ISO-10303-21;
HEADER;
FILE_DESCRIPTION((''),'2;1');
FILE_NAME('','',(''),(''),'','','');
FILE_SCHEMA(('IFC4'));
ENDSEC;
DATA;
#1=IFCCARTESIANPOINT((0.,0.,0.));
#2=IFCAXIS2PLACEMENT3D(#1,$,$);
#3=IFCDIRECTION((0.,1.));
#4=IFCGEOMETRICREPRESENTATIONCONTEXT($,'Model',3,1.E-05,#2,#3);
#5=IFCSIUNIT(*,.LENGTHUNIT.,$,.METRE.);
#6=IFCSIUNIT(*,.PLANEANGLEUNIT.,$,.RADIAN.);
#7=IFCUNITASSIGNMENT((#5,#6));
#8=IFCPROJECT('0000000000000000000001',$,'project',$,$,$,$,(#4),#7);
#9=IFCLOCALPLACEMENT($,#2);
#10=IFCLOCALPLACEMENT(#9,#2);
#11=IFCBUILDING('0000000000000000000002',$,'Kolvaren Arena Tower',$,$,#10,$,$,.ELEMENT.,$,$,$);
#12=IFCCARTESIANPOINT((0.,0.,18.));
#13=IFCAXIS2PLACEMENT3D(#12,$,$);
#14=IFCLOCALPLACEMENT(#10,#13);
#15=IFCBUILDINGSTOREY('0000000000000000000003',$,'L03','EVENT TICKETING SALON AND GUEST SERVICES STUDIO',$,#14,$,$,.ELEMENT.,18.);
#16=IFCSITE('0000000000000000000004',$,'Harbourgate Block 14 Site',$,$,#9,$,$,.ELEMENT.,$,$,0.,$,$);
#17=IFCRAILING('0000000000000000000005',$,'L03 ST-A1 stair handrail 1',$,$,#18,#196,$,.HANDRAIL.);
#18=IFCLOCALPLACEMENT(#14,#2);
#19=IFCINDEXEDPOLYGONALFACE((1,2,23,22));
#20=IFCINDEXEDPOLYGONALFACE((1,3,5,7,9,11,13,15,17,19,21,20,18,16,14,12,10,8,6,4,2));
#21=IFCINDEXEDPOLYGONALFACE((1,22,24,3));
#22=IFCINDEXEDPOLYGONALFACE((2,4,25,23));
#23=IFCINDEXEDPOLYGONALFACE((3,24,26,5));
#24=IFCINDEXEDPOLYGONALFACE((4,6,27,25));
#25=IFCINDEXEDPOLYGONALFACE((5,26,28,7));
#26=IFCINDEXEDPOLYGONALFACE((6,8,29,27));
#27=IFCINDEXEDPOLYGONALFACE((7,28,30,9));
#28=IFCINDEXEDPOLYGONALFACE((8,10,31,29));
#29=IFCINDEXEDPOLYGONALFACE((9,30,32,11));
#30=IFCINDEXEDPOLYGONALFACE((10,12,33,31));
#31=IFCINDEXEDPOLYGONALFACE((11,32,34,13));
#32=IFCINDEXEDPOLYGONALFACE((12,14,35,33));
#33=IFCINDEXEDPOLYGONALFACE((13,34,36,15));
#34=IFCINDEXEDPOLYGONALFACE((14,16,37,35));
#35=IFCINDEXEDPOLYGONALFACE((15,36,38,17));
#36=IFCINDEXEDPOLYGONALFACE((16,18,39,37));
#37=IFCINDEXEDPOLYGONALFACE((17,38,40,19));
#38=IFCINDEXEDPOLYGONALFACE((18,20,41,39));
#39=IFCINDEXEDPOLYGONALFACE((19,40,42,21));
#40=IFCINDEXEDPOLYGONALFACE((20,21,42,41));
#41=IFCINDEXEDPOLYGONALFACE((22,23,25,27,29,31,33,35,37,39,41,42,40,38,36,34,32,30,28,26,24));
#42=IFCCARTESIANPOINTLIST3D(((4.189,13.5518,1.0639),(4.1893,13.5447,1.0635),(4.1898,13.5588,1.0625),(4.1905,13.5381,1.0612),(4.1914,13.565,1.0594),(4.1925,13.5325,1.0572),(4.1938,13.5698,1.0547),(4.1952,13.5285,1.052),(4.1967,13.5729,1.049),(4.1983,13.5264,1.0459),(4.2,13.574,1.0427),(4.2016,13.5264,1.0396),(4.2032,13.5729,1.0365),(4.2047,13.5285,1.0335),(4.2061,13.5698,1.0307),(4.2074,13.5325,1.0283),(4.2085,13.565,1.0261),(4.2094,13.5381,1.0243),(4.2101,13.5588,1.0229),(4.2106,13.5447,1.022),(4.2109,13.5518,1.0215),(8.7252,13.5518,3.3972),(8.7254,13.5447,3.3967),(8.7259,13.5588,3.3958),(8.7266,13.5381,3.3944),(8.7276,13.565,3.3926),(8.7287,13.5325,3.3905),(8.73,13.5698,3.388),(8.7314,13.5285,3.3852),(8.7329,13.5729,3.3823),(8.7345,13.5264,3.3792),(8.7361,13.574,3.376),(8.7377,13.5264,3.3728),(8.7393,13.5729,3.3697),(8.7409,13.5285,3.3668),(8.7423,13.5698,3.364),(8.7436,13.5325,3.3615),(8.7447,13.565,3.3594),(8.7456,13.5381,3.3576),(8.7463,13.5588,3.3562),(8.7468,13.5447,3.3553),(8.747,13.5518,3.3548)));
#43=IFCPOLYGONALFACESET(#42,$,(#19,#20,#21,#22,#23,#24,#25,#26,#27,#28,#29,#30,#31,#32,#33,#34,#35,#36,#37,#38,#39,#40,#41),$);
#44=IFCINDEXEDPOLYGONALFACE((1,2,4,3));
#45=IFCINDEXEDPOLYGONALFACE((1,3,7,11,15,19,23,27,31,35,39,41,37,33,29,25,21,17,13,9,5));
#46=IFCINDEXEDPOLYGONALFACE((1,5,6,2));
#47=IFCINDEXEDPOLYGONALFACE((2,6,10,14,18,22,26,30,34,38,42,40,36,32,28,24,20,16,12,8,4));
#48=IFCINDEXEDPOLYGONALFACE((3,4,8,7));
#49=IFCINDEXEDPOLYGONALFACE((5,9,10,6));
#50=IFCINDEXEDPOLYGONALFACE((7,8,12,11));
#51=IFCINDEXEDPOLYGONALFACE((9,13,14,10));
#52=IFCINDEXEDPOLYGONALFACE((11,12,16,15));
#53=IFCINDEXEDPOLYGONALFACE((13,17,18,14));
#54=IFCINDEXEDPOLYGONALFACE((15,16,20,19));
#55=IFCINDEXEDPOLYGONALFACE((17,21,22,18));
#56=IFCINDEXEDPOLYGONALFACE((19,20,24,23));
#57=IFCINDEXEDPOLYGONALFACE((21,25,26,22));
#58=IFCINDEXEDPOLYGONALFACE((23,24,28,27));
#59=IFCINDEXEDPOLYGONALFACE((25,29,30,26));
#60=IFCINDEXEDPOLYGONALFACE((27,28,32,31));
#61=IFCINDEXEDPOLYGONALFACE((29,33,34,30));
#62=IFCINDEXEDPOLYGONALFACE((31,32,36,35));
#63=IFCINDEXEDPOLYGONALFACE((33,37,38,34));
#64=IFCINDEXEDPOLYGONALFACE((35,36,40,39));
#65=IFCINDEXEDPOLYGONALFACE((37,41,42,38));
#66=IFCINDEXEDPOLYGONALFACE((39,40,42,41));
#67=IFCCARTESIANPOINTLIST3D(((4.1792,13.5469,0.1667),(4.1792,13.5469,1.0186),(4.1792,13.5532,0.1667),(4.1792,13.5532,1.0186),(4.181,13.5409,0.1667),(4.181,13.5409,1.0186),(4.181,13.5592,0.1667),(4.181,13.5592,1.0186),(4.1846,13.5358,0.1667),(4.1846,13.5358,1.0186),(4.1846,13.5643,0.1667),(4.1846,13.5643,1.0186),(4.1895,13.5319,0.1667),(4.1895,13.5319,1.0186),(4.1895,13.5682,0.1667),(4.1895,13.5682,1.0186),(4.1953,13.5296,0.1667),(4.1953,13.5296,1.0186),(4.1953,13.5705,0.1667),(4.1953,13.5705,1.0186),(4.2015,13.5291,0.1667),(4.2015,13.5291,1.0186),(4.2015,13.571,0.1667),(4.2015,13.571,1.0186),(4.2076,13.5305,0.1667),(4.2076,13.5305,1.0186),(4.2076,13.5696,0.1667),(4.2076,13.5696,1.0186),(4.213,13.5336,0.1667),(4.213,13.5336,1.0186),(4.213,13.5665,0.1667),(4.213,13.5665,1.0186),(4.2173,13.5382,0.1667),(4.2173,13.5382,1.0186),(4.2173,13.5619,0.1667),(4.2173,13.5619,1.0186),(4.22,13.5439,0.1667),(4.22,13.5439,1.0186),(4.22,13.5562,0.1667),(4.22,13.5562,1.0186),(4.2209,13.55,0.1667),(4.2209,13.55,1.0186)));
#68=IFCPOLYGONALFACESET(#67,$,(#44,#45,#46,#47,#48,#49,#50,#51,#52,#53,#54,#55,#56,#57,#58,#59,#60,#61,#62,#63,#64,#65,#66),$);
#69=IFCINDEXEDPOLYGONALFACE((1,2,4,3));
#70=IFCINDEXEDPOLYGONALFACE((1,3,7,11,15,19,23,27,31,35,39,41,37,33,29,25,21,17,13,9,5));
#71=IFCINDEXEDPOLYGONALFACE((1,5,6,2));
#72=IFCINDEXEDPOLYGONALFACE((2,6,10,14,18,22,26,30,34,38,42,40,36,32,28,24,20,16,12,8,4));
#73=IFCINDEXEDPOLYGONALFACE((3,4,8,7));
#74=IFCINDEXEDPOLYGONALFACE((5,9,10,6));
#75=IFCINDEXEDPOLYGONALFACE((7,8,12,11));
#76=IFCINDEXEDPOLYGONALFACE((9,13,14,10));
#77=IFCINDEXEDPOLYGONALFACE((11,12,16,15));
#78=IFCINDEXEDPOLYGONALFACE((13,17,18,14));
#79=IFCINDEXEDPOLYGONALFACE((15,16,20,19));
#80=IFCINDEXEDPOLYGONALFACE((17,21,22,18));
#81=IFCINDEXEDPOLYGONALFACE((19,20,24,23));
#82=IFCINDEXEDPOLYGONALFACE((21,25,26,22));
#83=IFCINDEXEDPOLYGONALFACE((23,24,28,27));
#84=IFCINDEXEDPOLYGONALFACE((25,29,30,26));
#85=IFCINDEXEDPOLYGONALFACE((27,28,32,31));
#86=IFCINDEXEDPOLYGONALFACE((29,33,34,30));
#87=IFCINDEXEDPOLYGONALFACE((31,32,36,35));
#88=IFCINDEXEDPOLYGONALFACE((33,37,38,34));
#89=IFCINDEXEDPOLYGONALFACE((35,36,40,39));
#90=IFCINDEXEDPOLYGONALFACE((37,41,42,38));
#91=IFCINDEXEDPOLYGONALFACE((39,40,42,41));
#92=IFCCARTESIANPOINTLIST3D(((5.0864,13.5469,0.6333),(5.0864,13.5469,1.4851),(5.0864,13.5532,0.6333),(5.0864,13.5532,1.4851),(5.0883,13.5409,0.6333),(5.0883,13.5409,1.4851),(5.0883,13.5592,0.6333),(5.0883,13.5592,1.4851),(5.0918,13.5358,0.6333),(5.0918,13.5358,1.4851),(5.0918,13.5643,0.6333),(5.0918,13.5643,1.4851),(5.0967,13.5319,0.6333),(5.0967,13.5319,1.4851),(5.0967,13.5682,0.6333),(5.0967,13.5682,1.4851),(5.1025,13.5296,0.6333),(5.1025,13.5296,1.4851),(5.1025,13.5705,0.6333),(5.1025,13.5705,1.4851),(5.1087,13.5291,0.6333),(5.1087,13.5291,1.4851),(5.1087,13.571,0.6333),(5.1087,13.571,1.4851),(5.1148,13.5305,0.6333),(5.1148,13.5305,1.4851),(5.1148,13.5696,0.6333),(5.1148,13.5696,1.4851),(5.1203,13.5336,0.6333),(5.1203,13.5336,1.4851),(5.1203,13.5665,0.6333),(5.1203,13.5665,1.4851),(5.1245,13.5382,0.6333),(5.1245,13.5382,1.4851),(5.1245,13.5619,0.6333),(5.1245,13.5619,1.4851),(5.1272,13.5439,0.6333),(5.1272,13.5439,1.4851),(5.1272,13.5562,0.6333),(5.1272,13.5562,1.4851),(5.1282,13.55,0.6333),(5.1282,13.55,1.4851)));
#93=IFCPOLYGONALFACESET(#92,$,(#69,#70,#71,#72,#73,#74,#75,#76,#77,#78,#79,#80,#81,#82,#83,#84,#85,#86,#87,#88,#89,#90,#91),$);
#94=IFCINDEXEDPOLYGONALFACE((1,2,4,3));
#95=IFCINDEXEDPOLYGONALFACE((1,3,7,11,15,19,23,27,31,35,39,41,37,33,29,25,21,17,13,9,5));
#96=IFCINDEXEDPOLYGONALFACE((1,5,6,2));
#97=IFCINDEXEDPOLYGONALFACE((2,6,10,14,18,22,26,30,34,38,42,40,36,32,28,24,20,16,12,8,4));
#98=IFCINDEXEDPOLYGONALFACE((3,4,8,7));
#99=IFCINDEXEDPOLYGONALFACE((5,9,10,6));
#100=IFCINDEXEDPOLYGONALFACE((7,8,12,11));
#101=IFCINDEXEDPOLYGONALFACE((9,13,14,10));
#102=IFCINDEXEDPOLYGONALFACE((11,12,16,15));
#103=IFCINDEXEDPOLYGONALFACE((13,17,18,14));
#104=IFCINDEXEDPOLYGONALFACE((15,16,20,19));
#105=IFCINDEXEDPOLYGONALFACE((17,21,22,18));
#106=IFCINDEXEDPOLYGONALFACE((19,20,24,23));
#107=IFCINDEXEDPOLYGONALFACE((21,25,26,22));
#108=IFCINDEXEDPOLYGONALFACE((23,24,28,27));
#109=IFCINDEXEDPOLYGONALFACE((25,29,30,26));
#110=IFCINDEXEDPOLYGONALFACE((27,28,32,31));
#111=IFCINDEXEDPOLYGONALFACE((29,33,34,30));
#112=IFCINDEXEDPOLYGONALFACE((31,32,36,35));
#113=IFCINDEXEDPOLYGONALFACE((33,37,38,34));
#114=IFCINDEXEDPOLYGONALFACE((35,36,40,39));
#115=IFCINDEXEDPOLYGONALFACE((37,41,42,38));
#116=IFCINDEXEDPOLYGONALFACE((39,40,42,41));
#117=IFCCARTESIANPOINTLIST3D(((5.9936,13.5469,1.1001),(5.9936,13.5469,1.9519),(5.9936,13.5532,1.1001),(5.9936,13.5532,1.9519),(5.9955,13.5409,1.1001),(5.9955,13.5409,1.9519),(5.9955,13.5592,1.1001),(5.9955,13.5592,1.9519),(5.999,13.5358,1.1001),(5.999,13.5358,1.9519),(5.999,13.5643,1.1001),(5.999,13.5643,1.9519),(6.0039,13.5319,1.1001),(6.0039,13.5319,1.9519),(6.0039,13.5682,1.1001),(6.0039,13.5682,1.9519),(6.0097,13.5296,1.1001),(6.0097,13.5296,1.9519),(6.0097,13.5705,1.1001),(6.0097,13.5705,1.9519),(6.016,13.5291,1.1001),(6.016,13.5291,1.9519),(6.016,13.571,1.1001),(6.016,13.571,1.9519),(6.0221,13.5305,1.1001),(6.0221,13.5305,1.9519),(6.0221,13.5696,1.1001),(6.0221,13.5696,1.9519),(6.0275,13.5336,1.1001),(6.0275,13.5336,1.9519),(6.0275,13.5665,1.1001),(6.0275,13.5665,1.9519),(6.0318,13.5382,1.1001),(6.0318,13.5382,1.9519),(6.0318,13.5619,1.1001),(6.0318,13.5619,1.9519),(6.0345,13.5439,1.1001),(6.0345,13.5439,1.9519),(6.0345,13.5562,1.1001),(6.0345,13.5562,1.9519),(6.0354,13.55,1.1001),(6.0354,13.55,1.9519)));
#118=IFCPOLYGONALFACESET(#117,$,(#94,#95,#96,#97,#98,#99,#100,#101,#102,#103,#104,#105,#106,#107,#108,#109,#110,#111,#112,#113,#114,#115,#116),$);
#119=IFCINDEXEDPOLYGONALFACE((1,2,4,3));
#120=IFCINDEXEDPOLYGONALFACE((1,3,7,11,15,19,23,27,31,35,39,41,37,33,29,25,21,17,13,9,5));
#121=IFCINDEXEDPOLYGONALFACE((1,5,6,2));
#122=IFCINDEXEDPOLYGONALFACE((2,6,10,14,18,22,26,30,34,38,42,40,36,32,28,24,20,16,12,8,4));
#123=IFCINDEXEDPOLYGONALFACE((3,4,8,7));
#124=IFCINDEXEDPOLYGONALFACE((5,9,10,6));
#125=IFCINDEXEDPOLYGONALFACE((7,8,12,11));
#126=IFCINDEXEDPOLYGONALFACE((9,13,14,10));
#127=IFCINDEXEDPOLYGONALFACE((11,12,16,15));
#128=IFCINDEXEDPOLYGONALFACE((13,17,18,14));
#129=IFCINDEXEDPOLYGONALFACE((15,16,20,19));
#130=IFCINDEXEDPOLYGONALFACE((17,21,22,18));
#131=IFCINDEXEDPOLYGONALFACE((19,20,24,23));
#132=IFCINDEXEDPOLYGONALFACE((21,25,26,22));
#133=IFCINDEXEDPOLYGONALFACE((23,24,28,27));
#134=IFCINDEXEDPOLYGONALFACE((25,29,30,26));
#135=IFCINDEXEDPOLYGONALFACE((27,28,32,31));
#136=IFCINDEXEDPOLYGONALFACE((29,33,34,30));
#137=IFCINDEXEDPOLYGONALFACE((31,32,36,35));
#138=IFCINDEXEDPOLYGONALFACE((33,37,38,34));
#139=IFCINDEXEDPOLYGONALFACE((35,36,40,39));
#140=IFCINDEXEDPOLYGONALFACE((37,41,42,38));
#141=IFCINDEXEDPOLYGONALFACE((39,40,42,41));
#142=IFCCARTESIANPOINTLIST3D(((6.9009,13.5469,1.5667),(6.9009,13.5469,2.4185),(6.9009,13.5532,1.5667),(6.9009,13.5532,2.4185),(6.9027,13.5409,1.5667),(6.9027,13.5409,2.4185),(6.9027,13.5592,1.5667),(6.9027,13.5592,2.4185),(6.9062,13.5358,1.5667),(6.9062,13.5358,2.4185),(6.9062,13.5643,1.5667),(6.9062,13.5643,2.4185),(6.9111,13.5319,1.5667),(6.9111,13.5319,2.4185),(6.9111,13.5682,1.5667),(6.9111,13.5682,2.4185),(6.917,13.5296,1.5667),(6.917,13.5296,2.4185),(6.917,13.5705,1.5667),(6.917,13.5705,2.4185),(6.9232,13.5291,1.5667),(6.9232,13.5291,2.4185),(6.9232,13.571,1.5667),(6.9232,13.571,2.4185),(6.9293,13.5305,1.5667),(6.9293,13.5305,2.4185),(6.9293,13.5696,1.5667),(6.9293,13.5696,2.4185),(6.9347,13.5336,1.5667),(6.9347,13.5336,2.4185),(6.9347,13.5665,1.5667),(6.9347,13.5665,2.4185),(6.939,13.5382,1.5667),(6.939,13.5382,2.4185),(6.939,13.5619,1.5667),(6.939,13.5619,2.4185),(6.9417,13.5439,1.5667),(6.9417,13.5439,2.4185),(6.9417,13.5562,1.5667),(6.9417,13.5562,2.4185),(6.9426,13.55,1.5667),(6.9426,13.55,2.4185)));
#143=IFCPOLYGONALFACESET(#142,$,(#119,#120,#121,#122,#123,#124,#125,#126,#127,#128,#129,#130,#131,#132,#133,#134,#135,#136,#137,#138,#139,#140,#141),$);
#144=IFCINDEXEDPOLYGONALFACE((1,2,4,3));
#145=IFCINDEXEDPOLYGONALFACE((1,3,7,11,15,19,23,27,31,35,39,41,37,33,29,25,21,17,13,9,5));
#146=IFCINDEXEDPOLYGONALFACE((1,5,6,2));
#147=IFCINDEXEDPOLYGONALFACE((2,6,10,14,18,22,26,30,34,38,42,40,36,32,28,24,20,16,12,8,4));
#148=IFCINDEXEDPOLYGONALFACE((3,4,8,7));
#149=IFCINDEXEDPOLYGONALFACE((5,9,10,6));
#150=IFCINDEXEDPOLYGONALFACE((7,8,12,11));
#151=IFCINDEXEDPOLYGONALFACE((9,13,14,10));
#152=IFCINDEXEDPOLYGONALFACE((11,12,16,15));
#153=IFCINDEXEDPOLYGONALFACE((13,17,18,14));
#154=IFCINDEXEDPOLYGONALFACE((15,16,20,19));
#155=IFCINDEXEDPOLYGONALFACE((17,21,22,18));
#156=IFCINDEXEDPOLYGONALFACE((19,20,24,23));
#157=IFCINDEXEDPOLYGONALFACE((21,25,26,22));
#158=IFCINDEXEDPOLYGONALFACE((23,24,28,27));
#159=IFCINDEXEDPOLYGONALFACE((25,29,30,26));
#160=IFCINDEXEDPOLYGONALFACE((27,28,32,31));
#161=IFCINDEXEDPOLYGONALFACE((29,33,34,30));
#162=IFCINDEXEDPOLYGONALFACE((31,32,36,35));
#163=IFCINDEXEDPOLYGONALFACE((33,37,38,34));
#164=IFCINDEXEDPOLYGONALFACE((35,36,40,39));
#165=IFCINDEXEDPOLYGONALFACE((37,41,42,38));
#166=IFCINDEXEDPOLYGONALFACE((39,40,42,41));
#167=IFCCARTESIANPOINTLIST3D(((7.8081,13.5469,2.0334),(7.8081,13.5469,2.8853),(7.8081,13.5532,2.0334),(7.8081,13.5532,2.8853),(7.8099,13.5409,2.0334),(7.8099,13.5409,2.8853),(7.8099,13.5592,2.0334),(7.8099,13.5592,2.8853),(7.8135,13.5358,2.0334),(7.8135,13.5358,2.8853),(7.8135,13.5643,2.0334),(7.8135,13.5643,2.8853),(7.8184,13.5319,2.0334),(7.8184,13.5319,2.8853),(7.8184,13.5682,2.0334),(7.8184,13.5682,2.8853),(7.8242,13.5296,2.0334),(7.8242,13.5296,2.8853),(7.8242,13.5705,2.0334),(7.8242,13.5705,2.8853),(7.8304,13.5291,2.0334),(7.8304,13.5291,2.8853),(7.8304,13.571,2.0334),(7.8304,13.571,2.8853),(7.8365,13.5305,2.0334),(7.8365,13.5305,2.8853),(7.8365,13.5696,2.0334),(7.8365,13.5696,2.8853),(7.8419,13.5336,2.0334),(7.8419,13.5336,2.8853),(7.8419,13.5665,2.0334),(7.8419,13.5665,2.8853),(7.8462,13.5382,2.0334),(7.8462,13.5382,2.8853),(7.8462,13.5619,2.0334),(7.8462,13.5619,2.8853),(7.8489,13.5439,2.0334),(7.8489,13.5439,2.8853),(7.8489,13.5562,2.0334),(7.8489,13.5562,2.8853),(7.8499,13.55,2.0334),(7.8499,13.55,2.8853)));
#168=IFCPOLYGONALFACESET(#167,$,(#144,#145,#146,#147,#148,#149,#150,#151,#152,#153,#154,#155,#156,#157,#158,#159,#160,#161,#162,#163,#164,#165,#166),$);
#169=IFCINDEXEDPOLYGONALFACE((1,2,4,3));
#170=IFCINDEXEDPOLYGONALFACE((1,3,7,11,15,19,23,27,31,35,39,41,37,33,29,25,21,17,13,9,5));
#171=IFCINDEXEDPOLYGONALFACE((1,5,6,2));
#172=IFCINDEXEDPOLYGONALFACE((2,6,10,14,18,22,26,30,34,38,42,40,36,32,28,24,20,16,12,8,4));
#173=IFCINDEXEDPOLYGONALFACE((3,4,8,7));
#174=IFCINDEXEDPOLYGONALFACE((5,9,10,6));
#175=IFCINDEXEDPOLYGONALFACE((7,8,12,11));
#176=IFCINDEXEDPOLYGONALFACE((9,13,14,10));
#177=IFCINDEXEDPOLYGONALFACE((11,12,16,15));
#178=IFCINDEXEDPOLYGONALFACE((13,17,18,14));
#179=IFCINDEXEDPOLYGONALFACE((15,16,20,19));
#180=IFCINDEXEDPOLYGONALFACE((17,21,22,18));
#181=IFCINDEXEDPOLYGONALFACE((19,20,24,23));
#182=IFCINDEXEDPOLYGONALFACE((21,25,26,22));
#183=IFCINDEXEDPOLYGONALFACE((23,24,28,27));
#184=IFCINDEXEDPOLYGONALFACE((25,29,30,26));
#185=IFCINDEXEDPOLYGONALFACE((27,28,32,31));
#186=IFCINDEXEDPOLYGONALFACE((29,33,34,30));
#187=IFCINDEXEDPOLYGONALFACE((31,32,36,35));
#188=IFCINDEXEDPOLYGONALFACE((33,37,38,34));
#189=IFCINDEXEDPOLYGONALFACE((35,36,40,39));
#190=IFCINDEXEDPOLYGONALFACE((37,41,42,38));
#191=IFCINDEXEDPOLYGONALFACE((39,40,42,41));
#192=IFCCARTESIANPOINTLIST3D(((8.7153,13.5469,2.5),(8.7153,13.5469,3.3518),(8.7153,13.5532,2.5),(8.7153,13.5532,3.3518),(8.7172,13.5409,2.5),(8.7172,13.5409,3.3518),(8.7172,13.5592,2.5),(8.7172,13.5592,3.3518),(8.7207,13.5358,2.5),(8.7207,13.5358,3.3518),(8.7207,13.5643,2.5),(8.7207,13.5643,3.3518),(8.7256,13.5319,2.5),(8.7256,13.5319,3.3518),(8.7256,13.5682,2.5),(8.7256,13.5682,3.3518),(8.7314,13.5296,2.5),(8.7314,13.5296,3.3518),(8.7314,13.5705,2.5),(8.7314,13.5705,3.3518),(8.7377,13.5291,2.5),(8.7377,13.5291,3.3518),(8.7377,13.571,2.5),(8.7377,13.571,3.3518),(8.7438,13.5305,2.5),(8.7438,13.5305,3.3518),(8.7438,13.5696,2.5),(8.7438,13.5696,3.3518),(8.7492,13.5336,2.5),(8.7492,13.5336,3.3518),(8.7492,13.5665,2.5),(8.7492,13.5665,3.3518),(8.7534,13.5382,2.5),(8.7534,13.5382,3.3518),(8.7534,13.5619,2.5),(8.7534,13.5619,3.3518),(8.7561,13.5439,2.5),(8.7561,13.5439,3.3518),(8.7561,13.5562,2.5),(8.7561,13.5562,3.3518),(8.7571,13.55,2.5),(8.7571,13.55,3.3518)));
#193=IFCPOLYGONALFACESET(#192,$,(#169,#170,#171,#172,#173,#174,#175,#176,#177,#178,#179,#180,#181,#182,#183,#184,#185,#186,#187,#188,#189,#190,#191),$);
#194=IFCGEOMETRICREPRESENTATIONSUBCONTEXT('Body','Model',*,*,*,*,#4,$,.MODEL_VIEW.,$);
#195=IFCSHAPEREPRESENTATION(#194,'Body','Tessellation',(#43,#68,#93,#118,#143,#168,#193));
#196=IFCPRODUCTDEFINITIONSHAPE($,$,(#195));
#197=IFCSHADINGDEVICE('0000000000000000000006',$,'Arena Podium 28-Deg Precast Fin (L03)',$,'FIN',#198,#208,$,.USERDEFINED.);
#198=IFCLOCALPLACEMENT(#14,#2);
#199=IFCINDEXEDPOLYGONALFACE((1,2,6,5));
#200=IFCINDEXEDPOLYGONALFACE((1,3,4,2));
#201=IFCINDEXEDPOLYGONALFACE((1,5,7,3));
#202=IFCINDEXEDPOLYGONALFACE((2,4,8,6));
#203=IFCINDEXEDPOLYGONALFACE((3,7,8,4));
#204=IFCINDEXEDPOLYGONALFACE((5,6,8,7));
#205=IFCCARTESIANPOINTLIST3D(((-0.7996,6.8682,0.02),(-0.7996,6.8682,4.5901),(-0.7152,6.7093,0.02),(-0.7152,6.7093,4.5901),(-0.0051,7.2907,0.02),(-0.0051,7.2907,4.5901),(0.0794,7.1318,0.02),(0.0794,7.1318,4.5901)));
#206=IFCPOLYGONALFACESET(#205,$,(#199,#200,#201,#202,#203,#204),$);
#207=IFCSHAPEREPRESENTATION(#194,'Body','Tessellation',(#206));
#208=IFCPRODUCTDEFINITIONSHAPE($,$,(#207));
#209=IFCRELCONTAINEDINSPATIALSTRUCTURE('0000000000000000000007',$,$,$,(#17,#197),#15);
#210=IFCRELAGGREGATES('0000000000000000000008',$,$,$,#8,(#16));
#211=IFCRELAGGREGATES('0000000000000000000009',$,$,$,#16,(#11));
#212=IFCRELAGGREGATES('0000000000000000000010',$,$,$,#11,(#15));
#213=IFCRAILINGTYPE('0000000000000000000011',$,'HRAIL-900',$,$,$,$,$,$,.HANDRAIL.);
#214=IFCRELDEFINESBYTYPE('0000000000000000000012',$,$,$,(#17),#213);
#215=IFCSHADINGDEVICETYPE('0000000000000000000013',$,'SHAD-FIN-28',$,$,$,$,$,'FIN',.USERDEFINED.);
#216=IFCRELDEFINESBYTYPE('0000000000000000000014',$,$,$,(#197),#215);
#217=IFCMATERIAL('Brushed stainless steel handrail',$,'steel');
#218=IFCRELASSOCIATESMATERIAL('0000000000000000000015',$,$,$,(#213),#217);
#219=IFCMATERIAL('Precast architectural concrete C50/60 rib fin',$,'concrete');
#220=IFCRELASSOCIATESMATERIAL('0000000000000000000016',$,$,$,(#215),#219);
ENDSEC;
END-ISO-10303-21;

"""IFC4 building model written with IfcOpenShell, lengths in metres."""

from ifc_helpers import new_model, si_unit, direction, frame, origin, origin_2d, place, context, subcontext, project, spatial, rectangle, circle, extrude, material, type_object, element, save


model = new_model("IFC4")

# Units and contexts
model_context = context("Model", 3, precision=1e-05, world=origin(), true_north=direction((0.0, 1.0)))
body_context = subcontext(model_context, "Body", "Model", "MODEL_VIEW")
ifc_project = project(units=[si_unit("LENGTHUNIT", "METRE"), si_unit("PLANEANGLEUNIT", "RADIAN")], contexts=[model_context])

# Site, building, storey
site_placement = place(None, origin())
site = spatial("IfcSite", under=ifc_project, at=site_placement, Name="Harbourgate Block 14 Site", CompositionType="ELEMENT", RefElevation=0.0)
building_placement = place(site_placement, origin())
building = spatial("IfcBuilding", under=site, at=building_placement, Name="Kolvaren Arena Tower", CompositionType="ELEMENT")
storey_placement = place(building_placement, frame((0.0, 0.0, 18.0)))
storey = spatial("IfcBuildingStorey", under=building, at=storey_placement, Name="L03", Description="EVENT TICKETING SALON AND GUEST SERVICES STUDIO", CompositionType="ELEMENT", Elevation=18.0)

# Railing
ifc_material_1 = material(Name="Brushed stainless steel handrail", Category="steel")
railing_type = type_object("IfcRailingType", Name="HRAIL-900", PredefinedType="HANDRAIL", material=ifc_material_1)
railing_placement = place(storey_placement, frame((4.2, 13.55, 0.1667)))
element("IfcRailing", 1, at=railing_placement, inside=storey, type_object=railing_type, Name="L03 ST-A1 stair handrail 1", PredefinedType="HANDRAIL", context=body_context, shape_type="SweptSolid", body=[
    extrude(circle(Radius=0.0239, at=origin_2d()), frame((0.0, 0.0, 0.876), z_axis=(0.889257, 0.0, 0.457407), x_axis=(0.0, 1.0, 0.0)), (0.0, 0.0, 1.0), 5.1011),
    extrude(circle(Radius=0.021, at=origin_2d()), origin(), (0.0, 0.0, 1.0), 0.8518),
    extrude(circle(Radius=0.021, at=origin_2d()), frame((0.9072, 0.0, 0.4666)), (0.0, 0.0, 1.0), 0.8518),
    extrude(circle(Radius=0.021, at=origin_2d()), frame((1.8145, 0.0, 0.9333)), (0.0, 0.0, 1.0), 0.8518),
    extrude(circle(Radius=0.021, at=origin_2d()), frame((2.7217, 0.0, 1.3999)), (0.0, 0.0, 1.0), 0.8518),
    extrude(circle(Radius=0.021, at=origin_2d()), frame((3.6289, 0.0, 1.8667)), (0.0, 0.0, 1.0), 0.8518),
    extrude(circle(Radius=0.021, at=origin_2d()), frame((4.5361, 0.0, 2.3333)), (0.0, 0.0, 1.0), 0.8518),
])

# Shading device
ifc_material_2 = material(Name="Precast architectural concrete C50/60 rib fin", Category="concrete")
shading_device_type = type_object("IfcShadingDeviceType", Name="SHAD-FIN-28", ElementType="FIN", PredefinedType="USERDEFINED", material=ifc_material_2)
shading_device_placement = place(storey_placement, frame((-0.3601, 7.0, 0.02), z_axis=(0.0, 0.0, 1.0), x_axis=(-0.882948, -0.469472, 0.0)))
element("IfcShadingDevice", 2, at=shading_device_placement, inside=storey, type_object=shading_device_type, Name="Arena Podium 28-Deg Precast Fin (L03)", ObjectType="FIN", PredefinedType="USERDEFINED", context=body_context, shape_type="SweptSolid", body=[
    extrude(rectangle(XDim=0.8999, YDim=0.1799, at=origin_2d()), origin(), (0.0, 0.0, 1.0), 4.5701),
])

save(model, "model.ifc")
